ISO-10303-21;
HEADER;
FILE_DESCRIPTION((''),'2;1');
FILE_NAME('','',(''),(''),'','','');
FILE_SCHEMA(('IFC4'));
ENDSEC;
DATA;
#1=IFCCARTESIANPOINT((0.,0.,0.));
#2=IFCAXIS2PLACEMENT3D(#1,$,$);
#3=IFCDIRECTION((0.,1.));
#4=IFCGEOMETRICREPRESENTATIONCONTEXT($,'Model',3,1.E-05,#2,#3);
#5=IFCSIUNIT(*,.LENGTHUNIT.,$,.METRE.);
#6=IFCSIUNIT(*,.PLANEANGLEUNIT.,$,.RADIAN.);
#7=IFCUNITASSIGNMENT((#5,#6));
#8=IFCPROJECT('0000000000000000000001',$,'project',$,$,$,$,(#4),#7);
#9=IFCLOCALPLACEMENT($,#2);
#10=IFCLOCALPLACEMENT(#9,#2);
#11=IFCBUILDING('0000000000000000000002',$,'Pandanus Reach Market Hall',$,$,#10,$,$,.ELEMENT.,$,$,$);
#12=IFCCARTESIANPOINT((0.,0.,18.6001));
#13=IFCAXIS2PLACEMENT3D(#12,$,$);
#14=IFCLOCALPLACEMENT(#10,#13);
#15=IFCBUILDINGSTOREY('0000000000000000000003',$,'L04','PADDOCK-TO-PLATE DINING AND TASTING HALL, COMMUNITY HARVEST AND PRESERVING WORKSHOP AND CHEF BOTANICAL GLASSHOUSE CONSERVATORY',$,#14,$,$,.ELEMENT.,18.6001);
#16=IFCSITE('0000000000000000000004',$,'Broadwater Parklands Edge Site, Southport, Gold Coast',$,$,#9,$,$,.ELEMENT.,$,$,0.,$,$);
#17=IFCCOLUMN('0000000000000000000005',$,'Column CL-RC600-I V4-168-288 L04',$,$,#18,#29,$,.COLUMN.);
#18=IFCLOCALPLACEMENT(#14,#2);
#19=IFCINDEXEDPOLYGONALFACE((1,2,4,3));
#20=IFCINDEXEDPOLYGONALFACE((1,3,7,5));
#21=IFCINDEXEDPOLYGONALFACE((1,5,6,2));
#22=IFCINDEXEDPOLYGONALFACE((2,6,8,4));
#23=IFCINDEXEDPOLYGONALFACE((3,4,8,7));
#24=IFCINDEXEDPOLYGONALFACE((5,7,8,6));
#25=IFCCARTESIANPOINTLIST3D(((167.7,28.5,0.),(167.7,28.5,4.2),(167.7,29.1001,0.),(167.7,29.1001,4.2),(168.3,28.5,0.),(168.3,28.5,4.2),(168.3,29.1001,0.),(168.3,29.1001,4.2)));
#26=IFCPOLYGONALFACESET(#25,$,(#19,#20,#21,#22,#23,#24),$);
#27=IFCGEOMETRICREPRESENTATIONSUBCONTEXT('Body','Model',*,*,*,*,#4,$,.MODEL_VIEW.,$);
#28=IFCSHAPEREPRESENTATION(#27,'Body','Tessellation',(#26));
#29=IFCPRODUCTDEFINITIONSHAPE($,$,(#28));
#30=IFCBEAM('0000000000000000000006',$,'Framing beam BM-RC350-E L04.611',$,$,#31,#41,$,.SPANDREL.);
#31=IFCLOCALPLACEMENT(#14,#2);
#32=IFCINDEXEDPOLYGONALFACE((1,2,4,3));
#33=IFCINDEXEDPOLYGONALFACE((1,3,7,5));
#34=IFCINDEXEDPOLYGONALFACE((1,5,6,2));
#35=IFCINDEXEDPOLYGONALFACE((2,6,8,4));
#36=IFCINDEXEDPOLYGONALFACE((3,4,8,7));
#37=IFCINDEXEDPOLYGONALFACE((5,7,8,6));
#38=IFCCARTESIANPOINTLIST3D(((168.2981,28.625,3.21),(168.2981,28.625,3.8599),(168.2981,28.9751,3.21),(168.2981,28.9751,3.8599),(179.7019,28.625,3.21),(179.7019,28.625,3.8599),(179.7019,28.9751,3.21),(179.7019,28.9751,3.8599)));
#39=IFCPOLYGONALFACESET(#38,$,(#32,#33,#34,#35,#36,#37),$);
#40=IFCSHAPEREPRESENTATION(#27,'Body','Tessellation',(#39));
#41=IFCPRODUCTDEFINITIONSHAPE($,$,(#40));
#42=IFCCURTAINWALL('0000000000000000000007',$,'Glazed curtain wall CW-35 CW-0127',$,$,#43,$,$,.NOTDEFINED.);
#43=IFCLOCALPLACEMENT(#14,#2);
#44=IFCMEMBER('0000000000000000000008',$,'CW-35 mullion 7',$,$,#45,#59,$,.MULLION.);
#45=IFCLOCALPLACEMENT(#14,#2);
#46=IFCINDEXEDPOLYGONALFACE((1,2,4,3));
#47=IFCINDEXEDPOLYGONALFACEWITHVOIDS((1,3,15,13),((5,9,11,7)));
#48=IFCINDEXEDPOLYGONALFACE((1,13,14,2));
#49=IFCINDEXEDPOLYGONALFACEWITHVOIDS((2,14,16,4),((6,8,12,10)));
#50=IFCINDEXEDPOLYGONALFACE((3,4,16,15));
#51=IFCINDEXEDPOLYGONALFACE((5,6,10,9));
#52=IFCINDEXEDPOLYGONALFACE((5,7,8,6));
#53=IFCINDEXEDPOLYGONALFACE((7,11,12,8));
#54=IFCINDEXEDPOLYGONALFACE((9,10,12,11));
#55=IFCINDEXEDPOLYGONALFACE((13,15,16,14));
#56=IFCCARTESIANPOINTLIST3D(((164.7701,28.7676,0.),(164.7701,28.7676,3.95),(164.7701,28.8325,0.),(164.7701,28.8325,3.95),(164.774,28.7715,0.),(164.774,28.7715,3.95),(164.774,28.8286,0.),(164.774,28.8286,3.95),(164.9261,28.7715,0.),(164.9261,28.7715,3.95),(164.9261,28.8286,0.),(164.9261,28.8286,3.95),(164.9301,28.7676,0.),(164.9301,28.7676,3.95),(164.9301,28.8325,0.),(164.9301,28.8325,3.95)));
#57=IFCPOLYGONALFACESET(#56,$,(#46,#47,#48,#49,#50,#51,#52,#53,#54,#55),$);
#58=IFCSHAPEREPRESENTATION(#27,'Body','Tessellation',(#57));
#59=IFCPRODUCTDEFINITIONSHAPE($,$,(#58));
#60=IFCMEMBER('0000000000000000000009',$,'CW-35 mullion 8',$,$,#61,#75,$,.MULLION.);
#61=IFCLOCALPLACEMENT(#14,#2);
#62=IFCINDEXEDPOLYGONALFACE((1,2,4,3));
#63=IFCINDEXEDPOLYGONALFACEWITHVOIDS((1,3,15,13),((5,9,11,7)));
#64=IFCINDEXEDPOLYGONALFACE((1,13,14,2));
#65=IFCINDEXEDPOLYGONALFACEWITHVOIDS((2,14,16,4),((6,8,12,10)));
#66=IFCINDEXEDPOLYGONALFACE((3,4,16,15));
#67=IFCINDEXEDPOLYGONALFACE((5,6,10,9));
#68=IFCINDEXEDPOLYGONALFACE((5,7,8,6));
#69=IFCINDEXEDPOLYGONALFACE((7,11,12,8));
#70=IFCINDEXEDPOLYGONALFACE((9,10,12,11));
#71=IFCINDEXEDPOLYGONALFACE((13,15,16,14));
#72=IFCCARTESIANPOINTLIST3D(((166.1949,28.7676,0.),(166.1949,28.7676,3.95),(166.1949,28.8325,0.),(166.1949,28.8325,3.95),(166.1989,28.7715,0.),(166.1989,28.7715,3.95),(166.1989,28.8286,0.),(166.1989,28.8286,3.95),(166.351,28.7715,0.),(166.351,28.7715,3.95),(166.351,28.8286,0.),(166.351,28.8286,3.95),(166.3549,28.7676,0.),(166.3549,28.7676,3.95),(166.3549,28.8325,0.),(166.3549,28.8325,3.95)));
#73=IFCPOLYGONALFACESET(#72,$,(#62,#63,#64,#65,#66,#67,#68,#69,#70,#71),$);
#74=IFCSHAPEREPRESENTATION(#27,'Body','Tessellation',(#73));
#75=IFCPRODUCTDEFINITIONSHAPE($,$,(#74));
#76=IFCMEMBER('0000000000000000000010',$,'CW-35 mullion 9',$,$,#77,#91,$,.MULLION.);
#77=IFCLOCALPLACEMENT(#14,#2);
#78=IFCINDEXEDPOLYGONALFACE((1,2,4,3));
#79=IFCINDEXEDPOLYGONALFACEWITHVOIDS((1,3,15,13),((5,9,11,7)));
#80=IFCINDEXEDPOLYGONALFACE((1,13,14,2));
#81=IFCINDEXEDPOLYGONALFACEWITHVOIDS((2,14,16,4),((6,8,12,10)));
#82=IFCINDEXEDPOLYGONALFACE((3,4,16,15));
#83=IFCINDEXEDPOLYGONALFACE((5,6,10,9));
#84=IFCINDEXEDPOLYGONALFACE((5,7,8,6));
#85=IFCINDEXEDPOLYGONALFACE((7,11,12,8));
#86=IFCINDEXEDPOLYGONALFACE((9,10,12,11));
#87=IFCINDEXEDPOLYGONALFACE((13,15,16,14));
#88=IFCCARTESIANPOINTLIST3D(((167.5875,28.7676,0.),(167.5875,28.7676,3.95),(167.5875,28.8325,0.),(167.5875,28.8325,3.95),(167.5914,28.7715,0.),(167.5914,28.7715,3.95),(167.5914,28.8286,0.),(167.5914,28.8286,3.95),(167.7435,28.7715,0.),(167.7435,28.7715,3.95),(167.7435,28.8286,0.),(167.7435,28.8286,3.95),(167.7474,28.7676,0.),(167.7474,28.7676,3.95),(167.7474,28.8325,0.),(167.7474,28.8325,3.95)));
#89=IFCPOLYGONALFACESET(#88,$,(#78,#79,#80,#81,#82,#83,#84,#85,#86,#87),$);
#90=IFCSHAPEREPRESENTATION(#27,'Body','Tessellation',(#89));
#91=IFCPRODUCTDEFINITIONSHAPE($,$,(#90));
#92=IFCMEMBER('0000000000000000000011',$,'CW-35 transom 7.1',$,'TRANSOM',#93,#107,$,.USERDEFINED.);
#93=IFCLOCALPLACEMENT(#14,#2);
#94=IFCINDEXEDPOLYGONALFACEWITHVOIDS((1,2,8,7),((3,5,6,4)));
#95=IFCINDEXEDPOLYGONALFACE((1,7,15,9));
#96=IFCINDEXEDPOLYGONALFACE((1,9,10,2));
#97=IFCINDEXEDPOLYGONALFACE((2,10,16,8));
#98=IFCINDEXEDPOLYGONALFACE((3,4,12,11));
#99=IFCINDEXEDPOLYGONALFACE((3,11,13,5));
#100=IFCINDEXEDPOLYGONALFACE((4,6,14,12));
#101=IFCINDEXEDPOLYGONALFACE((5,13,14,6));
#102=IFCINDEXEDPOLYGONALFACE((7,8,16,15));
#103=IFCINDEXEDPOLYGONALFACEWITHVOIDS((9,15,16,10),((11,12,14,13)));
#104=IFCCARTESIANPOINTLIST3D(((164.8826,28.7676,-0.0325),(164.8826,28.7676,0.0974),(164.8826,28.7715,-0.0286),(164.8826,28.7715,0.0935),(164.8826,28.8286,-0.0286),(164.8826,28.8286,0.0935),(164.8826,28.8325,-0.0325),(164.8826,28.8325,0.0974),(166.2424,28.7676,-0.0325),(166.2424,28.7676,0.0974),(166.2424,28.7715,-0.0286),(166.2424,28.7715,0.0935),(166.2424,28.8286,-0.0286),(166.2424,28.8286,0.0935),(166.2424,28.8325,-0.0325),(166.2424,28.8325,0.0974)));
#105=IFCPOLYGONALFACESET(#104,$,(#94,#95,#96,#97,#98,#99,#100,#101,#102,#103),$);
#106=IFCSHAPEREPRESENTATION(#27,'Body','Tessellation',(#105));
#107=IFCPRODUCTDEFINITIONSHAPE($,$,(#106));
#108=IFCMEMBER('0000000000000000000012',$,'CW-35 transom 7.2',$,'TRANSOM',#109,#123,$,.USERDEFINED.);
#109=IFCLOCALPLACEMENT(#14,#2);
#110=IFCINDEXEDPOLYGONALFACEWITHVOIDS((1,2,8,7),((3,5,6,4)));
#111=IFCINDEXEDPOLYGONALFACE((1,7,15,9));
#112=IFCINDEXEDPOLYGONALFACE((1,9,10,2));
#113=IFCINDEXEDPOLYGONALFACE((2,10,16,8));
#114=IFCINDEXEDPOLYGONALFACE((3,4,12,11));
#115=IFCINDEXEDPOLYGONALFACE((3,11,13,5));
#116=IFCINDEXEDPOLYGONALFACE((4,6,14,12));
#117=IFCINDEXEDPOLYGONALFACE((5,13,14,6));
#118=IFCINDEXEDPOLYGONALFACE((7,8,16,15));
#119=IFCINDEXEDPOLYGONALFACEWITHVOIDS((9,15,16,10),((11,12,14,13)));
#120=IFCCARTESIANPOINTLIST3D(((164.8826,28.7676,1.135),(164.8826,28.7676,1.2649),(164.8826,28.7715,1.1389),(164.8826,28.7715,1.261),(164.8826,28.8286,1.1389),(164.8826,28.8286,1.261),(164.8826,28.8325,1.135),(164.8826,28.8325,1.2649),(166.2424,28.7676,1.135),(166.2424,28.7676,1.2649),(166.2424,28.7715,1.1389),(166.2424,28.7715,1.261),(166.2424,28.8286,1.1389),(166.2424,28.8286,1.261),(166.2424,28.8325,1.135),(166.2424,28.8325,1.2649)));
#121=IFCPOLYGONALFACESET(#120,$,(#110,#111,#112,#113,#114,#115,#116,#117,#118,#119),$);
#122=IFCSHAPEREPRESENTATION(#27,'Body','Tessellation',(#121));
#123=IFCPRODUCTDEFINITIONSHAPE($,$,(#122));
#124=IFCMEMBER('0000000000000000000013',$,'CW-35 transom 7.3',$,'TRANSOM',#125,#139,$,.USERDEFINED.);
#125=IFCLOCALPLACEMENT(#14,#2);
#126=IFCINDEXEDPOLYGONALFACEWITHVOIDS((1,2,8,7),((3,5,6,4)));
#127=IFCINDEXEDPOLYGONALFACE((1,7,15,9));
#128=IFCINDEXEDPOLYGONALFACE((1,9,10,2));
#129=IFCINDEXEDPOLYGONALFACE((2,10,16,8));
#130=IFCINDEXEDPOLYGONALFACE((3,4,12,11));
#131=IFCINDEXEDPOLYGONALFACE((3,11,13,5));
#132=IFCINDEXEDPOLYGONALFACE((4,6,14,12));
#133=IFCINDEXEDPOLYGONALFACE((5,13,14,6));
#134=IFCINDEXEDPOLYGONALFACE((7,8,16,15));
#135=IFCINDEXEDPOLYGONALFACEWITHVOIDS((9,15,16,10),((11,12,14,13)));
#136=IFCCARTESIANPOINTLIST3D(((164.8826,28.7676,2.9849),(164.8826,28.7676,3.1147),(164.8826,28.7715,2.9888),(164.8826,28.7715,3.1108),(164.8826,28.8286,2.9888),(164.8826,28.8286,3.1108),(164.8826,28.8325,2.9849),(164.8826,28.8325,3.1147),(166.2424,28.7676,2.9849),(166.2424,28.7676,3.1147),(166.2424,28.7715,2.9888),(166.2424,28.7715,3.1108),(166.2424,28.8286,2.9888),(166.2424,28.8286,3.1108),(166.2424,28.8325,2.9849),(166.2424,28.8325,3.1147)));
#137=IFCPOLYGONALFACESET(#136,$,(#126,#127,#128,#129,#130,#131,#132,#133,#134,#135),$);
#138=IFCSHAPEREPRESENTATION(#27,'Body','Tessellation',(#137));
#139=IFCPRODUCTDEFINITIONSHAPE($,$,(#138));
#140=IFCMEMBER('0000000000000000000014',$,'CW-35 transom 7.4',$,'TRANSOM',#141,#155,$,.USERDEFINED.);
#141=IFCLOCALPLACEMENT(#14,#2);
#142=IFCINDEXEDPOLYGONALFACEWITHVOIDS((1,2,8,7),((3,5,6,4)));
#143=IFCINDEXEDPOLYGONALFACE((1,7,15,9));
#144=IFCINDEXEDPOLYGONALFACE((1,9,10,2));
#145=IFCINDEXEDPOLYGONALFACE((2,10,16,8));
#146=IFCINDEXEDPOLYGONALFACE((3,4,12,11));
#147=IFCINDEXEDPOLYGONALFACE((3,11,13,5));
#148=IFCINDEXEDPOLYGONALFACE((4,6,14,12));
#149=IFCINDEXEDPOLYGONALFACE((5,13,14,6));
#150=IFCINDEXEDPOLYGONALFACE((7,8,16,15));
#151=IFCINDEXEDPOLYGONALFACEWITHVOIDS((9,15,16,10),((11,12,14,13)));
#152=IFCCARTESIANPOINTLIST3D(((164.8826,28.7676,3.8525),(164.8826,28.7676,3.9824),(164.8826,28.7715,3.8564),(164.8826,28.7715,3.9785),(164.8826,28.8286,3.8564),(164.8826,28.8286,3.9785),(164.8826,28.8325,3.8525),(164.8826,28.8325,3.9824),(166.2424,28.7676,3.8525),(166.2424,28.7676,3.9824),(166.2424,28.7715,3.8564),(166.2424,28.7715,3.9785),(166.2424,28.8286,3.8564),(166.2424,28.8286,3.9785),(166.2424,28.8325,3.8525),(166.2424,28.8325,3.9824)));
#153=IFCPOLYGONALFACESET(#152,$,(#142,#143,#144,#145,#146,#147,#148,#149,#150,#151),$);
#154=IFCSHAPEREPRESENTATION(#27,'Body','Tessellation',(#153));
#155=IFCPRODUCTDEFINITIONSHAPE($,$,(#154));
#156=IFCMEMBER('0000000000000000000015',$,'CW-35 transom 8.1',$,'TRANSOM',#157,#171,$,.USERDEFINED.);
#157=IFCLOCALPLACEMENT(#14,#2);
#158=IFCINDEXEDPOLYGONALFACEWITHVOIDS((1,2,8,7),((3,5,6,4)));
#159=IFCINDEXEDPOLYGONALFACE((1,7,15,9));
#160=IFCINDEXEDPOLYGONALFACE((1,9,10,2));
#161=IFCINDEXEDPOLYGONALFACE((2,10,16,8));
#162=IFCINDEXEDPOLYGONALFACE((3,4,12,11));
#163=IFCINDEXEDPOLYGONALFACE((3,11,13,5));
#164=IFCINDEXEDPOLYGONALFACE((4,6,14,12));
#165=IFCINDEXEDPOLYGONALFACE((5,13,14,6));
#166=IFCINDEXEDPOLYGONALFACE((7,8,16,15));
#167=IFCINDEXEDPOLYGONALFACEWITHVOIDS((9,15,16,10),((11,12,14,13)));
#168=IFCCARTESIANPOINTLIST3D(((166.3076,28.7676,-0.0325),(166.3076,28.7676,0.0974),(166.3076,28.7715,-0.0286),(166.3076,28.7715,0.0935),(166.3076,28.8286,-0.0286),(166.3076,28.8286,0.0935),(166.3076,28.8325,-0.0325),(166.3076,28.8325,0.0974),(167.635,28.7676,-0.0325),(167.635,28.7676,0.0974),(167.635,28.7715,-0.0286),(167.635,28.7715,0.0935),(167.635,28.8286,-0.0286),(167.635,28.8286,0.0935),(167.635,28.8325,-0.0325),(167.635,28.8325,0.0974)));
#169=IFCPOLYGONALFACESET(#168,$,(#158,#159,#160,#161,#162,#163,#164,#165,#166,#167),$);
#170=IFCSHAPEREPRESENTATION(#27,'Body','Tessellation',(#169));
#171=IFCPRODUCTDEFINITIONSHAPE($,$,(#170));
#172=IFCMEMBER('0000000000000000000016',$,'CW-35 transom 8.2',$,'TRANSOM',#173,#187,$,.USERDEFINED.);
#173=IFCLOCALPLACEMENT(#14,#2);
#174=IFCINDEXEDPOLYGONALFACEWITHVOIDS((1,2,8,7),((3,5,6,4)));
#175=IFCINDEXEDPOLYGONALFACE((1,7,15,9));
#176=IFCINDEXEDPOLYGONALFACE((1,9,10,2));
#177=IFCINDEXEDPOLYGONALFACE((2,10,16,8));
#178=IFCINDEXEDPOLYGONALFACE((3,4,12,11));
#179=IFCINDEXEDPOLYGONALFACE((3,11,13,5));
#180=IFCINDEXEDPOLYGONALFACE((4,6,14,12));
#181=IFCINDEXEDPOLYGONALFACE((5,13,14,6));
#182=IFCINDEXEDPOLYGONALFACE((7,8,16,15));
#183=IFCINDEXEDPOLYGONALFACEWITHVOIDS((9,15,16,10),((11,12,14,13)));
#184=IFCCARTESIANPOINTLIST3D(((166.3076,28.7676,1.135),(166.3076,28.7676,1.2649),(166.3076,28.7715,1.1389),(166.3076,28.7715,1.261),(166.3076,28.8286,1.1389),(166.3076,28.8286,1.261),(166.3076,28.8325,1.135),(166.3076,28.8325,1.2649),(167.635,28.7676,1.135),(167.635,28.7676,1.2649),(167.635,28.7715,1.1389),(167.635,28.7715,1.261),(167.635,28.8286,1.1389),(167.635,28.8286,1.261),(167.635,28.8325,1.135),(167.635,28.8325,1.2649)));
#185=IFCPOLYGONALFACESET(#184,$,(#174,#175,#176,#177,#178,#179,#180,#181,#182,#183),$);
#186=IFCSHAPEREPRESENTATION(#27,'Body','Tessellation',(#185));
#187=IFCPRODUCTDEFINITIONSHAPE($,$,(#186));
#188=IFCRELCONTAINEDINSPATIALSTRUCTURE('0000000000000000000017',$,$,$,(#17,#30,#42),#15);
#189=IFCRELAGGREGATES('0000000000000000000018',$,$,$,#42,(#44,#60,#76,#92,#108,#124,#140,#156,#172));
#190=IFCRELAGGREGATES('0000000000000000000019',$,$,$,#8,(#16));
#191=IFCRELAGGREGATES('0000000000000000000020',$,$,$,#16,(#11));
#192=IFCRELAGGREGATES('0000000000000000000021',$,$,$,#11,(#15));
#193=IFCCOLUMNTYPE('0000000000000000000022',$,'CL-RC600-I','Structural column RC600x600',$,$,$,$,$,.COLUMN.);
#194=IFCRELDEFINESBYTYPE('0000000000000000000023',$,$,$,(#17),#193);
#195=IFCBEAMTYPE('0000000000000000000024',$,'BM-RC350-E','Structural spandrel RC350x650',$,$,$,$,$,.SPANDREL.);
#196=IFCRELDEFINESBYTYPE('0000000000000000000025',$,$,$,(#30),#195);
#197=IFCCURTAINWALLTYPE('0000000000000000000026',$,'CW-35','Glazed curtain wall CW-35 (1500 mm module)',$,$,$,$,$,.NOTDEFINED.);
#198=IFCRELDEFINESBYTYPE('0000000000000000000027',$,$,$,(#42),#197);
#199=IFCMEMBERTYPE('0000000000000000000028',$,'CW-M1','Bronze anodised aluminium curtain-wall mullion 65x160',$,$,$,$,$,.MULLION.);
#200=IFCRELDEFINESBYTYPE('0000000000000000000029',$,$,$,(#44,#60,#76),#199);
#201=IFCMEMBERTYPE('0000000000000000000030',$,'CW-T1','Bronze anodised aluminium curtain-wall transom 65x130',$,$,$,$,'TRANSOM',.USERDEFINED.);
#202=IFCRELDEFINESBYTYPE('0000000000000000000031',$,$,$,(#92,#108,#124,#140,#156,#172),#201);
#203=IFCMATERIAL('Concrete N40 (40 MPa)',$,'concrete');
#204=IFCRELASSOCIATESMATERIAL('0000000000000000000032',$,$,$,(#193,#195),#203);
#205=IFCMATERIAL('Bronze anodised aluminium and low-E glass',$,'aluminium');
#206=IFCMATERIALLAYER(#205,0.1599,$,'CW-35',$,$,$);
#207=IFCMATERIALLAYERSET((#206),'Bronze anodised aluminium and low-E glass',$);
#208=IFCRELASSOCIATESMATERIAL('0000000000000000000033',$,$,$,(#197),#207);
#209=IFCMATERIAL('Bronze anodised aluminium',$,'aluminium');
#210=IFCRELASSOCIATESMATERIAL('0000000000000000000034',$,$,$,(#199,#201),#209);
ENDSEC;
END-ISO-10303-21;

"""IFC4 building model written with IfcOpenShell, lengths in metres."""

from ifc_helpers import new_model, si_unit, direction, frame, origin, origin_2d, place, context, subcontext, project, spatial, rectangle, hollow_rectangle, extrude, material, layer, layer_set, material_profile, profile_set, type_object, element, aggregate, save


model = new_model("IFC4")

# Units and contexts
model_context = context("Model", 3, precision=1e-05, world=origin(), true_north=direction((0.0, 1.0)))
body_context = subcontext(model_context, "Body", "Model", "MODEL_VIEW")
ifc_project = project(units=[si_unit("LENGTHUNIT", "METRE"), si_unit("PLANEANGLEUNIT", "RADIAN")], contexts=[model_context])

# Site, building, storey
site_placement = place(None, origin())
site = spatial("IfcSite", under=ifc_project, at=site_placement, Name="Broadwater Parklands Edge Site, Southport, Gold Coast", CompositionType="ELEMENT", RefElevation=0.0)
building_placement = place(site_placement, origin())
building = spatial("IfcBuilding", under=site, at=building_placement, Name="Pandanus Reach Market Hall", CompositionType="ELEMENT")
storey_placement = place(building_placement, frame((0.0, 0.0, 18.6001)))
storey = spatial("IfcBuildingStorey", under=building, at=storey_placement, Name="L04", Description="PADDOCK-TO-PLATE DINING AND TASTING HALL, COMMUNITY HARVEST AND PRESERVING WORKSHOP AND CHEF BOTANICAL GLASSHOUSE CONSERVATORY", CompositionType="ELEMENT", Elevation=18.6001)

# Column
ifc_material_1 = material(Name="Concrete N40 (40 MPa)", Category="concrete")
ifc_material_profile_1 = material_profile(ifc_material_1, rectangle(XDim=0.6001, YDim=0.6001, at=origin_2d()), Name="RC600x600", Category="LoadBearing")
ifc_profile_set_1 = profile_set([ifc_material_profile_1], Name="Concrete N40 (40 MPa)")
column_type = type_object("IfcColumnType", Name="CL-RC600-I", Description="Structural column RC600x600", PredefinedType="COLUMN", material=ifc_profile_set_1)
column_placement = place(storey_placement, frame((168.0, 28.8, 0.0), z_axis=(0.0, 0.0, 1.0), x_axis=(1.0, 0.0, 0.0)))
element("IfcColumn", 1, at=column_placement, inside=storey, type_object=column_type, Name="Column CL-RC600-I V4-168-288 L04", PredefinedType="COLUMN", context=body_context, shape_type="SweptSolid", body=[
    extrude(rectangle(XDim=0.6001, YDim=0.6001, at=origin_2d()), origin(), (0.0, 0.0, 1.0), 4.2),
])

# Beam
ifc_material_profile_2 = material_profile(ifc_material_1, rectangle(XDim=0.3501, YDim=0.6499, at=origin_2d()), Name="RC350x650", Category="LoadBearing")
ifc_profile_set_2 = profile_set([ifc_material_profile_2], Name="Concrete N40 (40 MPa)")
beam_type = type_object("IfcBeamType", Name="BM-RC350-E", Description="Structural spandrel RC350x650", PredefinedType="SPANDREL", material=ifc_profile_set_2)
beam_placement = place(storey_placement, frame((168.2981, 28.8, 3.5349), z_axis=(1.0, 0.0, 0.0), x_axis=(0.0, 1.0, 0.0)))
element("IfcBeam", 2, at=beam_placement, inside=storey, type_object=beam_type, Name="Framing beam BM-RC350-E L04.611", PredefinedType="SPANDREL", context=body_context, shape_type="SweptSolid", body=[
    extrude(rectangle(XDim=0.3501, YDim=0.6499, at=origin_2d()), origin(), (0.0, 0.0, 1.0), 11.4038),
])

# Curtain wall, members
ifc_material_2 = material(Name="Bronze anodised aluminium and low-E glass", Category="aluminium")
ifc_layer_1 = layer(ifc_material_2, 0.1599, Name="CW-35")
ifc_layer_set_1 = layer_set([ifc_layer_1], Name="Bronze anodised aluminium and low-E glass")
curtain_wall_type = type_object("IfcCurtainWallType", Name="CW-35", Description="Glazed curtain wall CW-35 (1500 mm module)", PredefinedType="NOTDEFINED", material=ifc_layer_set_1)
curtain_wall_placement = place(storey_placement, origin())
curtain_wall = element("IfcCurtainWall", 3, at=curtain_wall_placement, inside=storey, type_object=curtain_wall_type, Name="Glazed curtain wall CW-35 CW-0127", PredefinedType="NOTDEFINED")
ifc_material_3 = material(Name="Bronze anodised aluminium", Category="aluminium")
ifc_material_profile_3 = material_profile(ifc_material_3, hollow_rectangle(XDim=0.0649, YDim=0.1599, WallThickness=0.0039, at=origin_2d()), Name="ALU65x160", Category="LoadBearing")
ifc_profile_set_3 = profile_set([ifc_material_profile_3], Name="Bronze anodised aluminium")
member_type_1 = type_object("IfcMemberType", Name="CW-M1", Description="Bronze anodised aluminium curtain-wall mullion 65x160", PredefinedType="MULLION", material=ifc_profile_set_3)
member_1_placement = place(storey_placement, frame((164.8501, 28.8, 0.0), z_axis=(0.0, 0.0, 1.0), x_axis=(0.0, 1.0, 0.0)))
member_1 = element("IfcMember", 4, at=member_1_placement, type_object=member_type_1, Name="CW-35 mullion 7", PredefinedType="MULLION", context=body_context, shape_type="SweptSolid", body=[
    extrude(hollow_rectangle(XDim=0.0649, YDim=0.1599, WallThickness=0.0039, at=origin_2d()), origin(), (0.0, 0.0, 1.0), 3.95),
])
member_2_placement = place(storey_placement, frame((166.2749, 28.8, 0.0), z_axis=(0.0, 0.0, 1.0), x_axis=(0.0, 1.0, 0.0)))
member_2 = element("IfcMember", 5, at=member_2_placement, type_object=member_type_1, Name="CW-35 mullion 8", PredefinedType="MULLION", context=body_context, shape_type="SweptSolid", body=[
    extrude(hollow_rectangle(XDim=0.0649, YDim=0.1599, WallThickness=0.0039, at=origin_2d()), origin(), (0.0, 0.0, 1.0), 3.95),
])
member_3_placement = place(storey_placement, frame((167.6675, 28.8, 0.0), z_axis=(0.0, 0.0, 1.0), x_axis=(0.0, 1.0, 0.0)))
member_3 = element("IfcMember", 6, at=member_3_placement, type_object=member_type_1, Name="CW-35 mullion 9", PredefinedType="MULLION", context=body_context, shape_type="SweptSolid", body=[
    extrude(hollow_rectangle(XDim=0.0649, YDim=0.1599, WallThickness=0.0039, at=origin_2d()), origin(), (0.0, 0.0, 1.0), 3.95),
])
ifc_material_profile_4 = material_profile(ifc_material_3, hollow_rectangle(XDim=0.0649, YDim=0.1299, WallThickness=0.0039, at=origin_2d()), Name="ALU65x130", Category="LoadBearing")
ifc_profile_set_4 = profile_set([ifc_material_profile_4], Name="Bronze anodised aluminium")
member_type_2 = type_object("IfcMemberType", Name="CW-T1", Description="Bronze anodised aluminium curtain-wall transom 65x130", ElementType="TRANSOM", PredefinedType="USERDEFINED", material=ifc_profile_set_4)
member_4_placement = place(storey_placement, frame((164.8826, 28.8, 0.0325), z_axis=(1.0, 0.0, 0.0), x_axis=(0.0, 1.0, 0.0)))
member_4 = element("IfcMember", 7, at=member_4_placement, type_object=member_type_2, Name="CW-35 transom 7.1", ObjectType="TRANSOM", PredefinedType="USERDEFINED", context=body_context, shape_type="SweptSolid", body=[
    extrude(hollow_rectangle(XDim=0.0649, YDim=0.1299, WallThickness=0.0039, at=origin_2d()), origin(), (0.0, 0.0, 1.0), 1.3599),
])
member_5_placement = place(storey_placement, frame((164.8826, 28.8, 1.2), z_axis=(1.0, 0.0, 0.0), x_axis=(0.0, 1.0, 0.0)))
member_5 = element("IfcMember", 8, at=member_5_placement, type_object=member_type_2, Name="CW-35 transom 7.2", ObjectType="TRANSOM", PredefinedType="USERDEFINED", context=body_context, shape_type="SweptSolid", body=[
    extrude(hollow_rectangle(XDim=0.0649, YDim=0.1299, WallThickness=0.0039, at=origin_2d()), origin(), (0.0, 0.0, 1.0), 1.3599),
])
member_6_placement = place(storey_placement, frame((164.8826, 28.8, 3.0498), z_axis=(1.0, 0.0, 0.0), x_axis=(0.0, 1.0, 0.0)))
member_6 = element("IfcMember", 9, at=member_6_placement, type_object=member_type_2, Name="CW-35 transom 7.3", ObjectType="TRANSOM", PredefinedType="USERDEFINED", context=body_context, shape_type="SweptSolid", body=[
    extrude(hollow_rectangle(XDim=0.0649, YDim=0.1299, WallThickness=0.0039, at=origin_2d()), origin(), (0.0, 0.0, 1.0), 1.3599),
])
member_7_placement = place(storey_placement, frame((164.8826, 28.8, 3.9175), z_axis=(1.0, 0.0, 0.0), x_axis=(0.0, 1.0, 0.0)))
member_7 = element("IfcMember", 10, at=member_7_placement, type_object=member_type_2, Name="CW-35 transom 7.4", ObjectType="TRANSOM", PredefinedType="USERDEFINED", context=body_context, shape_type="SweptSolid", body=[
    extrude(hollow_rectangle(XDim=0.0649, YDim=0.1299, WallThickness=0.0039, at=origin_2d()), origin(), (0.0, 0.0, 1.0), 1.3599),
])
member_8_placement = place(storey_placement, frame((166.3076, 28.8, 0.0325), z_axis=(1.0, 0.0, 0.0), x_axis=(0.0, 1.0, 0.0)))
member_8 = element("IfcMember", 11, at=member_8_placement, type_object=member_type_2, Name="CW-35 transom 8.1", ObjectType="TRANSOM", PredefinedType="USERDEFINED", context=body_context, shape_type="SweptSolid", body=[
    extrude(hollow_rectangle(XDim=0.0649, YDim=0.1299, WallThickness=0.0039, at=origin_2d()), origin(), (0.0, 0.0, 1.0), 1.3274),
])
member_9_placement = place(storey_placement, frame((166.3076, 28.8, 1.2), z_axis=(1.0, 0.0, 0.0), x_axis=(0.0, 1.0, 0.0)))
member_9 = element("IfcMember", 12, at=member_9_placement, type_object=member_type_2, Name="CW-35 transom 8.2", ObjectType="TRANSOM", PredefinedType="USERDEFINED", context=body_context, shape_type="SweptSolid", body=[
    extrude(hollow_rectangle(XDim=0.0649, YDim=0.1299, WallThickness=0.0039, at=origin_2d()), origin(), (0.0, 0.0, 1.0), 1.3274),
])
aggregate(curtain_wall, [member_1, member_2, member_3, member_4, member_5, member_6, member_7, member_8, member_9])

save(model, "model.ifc")
